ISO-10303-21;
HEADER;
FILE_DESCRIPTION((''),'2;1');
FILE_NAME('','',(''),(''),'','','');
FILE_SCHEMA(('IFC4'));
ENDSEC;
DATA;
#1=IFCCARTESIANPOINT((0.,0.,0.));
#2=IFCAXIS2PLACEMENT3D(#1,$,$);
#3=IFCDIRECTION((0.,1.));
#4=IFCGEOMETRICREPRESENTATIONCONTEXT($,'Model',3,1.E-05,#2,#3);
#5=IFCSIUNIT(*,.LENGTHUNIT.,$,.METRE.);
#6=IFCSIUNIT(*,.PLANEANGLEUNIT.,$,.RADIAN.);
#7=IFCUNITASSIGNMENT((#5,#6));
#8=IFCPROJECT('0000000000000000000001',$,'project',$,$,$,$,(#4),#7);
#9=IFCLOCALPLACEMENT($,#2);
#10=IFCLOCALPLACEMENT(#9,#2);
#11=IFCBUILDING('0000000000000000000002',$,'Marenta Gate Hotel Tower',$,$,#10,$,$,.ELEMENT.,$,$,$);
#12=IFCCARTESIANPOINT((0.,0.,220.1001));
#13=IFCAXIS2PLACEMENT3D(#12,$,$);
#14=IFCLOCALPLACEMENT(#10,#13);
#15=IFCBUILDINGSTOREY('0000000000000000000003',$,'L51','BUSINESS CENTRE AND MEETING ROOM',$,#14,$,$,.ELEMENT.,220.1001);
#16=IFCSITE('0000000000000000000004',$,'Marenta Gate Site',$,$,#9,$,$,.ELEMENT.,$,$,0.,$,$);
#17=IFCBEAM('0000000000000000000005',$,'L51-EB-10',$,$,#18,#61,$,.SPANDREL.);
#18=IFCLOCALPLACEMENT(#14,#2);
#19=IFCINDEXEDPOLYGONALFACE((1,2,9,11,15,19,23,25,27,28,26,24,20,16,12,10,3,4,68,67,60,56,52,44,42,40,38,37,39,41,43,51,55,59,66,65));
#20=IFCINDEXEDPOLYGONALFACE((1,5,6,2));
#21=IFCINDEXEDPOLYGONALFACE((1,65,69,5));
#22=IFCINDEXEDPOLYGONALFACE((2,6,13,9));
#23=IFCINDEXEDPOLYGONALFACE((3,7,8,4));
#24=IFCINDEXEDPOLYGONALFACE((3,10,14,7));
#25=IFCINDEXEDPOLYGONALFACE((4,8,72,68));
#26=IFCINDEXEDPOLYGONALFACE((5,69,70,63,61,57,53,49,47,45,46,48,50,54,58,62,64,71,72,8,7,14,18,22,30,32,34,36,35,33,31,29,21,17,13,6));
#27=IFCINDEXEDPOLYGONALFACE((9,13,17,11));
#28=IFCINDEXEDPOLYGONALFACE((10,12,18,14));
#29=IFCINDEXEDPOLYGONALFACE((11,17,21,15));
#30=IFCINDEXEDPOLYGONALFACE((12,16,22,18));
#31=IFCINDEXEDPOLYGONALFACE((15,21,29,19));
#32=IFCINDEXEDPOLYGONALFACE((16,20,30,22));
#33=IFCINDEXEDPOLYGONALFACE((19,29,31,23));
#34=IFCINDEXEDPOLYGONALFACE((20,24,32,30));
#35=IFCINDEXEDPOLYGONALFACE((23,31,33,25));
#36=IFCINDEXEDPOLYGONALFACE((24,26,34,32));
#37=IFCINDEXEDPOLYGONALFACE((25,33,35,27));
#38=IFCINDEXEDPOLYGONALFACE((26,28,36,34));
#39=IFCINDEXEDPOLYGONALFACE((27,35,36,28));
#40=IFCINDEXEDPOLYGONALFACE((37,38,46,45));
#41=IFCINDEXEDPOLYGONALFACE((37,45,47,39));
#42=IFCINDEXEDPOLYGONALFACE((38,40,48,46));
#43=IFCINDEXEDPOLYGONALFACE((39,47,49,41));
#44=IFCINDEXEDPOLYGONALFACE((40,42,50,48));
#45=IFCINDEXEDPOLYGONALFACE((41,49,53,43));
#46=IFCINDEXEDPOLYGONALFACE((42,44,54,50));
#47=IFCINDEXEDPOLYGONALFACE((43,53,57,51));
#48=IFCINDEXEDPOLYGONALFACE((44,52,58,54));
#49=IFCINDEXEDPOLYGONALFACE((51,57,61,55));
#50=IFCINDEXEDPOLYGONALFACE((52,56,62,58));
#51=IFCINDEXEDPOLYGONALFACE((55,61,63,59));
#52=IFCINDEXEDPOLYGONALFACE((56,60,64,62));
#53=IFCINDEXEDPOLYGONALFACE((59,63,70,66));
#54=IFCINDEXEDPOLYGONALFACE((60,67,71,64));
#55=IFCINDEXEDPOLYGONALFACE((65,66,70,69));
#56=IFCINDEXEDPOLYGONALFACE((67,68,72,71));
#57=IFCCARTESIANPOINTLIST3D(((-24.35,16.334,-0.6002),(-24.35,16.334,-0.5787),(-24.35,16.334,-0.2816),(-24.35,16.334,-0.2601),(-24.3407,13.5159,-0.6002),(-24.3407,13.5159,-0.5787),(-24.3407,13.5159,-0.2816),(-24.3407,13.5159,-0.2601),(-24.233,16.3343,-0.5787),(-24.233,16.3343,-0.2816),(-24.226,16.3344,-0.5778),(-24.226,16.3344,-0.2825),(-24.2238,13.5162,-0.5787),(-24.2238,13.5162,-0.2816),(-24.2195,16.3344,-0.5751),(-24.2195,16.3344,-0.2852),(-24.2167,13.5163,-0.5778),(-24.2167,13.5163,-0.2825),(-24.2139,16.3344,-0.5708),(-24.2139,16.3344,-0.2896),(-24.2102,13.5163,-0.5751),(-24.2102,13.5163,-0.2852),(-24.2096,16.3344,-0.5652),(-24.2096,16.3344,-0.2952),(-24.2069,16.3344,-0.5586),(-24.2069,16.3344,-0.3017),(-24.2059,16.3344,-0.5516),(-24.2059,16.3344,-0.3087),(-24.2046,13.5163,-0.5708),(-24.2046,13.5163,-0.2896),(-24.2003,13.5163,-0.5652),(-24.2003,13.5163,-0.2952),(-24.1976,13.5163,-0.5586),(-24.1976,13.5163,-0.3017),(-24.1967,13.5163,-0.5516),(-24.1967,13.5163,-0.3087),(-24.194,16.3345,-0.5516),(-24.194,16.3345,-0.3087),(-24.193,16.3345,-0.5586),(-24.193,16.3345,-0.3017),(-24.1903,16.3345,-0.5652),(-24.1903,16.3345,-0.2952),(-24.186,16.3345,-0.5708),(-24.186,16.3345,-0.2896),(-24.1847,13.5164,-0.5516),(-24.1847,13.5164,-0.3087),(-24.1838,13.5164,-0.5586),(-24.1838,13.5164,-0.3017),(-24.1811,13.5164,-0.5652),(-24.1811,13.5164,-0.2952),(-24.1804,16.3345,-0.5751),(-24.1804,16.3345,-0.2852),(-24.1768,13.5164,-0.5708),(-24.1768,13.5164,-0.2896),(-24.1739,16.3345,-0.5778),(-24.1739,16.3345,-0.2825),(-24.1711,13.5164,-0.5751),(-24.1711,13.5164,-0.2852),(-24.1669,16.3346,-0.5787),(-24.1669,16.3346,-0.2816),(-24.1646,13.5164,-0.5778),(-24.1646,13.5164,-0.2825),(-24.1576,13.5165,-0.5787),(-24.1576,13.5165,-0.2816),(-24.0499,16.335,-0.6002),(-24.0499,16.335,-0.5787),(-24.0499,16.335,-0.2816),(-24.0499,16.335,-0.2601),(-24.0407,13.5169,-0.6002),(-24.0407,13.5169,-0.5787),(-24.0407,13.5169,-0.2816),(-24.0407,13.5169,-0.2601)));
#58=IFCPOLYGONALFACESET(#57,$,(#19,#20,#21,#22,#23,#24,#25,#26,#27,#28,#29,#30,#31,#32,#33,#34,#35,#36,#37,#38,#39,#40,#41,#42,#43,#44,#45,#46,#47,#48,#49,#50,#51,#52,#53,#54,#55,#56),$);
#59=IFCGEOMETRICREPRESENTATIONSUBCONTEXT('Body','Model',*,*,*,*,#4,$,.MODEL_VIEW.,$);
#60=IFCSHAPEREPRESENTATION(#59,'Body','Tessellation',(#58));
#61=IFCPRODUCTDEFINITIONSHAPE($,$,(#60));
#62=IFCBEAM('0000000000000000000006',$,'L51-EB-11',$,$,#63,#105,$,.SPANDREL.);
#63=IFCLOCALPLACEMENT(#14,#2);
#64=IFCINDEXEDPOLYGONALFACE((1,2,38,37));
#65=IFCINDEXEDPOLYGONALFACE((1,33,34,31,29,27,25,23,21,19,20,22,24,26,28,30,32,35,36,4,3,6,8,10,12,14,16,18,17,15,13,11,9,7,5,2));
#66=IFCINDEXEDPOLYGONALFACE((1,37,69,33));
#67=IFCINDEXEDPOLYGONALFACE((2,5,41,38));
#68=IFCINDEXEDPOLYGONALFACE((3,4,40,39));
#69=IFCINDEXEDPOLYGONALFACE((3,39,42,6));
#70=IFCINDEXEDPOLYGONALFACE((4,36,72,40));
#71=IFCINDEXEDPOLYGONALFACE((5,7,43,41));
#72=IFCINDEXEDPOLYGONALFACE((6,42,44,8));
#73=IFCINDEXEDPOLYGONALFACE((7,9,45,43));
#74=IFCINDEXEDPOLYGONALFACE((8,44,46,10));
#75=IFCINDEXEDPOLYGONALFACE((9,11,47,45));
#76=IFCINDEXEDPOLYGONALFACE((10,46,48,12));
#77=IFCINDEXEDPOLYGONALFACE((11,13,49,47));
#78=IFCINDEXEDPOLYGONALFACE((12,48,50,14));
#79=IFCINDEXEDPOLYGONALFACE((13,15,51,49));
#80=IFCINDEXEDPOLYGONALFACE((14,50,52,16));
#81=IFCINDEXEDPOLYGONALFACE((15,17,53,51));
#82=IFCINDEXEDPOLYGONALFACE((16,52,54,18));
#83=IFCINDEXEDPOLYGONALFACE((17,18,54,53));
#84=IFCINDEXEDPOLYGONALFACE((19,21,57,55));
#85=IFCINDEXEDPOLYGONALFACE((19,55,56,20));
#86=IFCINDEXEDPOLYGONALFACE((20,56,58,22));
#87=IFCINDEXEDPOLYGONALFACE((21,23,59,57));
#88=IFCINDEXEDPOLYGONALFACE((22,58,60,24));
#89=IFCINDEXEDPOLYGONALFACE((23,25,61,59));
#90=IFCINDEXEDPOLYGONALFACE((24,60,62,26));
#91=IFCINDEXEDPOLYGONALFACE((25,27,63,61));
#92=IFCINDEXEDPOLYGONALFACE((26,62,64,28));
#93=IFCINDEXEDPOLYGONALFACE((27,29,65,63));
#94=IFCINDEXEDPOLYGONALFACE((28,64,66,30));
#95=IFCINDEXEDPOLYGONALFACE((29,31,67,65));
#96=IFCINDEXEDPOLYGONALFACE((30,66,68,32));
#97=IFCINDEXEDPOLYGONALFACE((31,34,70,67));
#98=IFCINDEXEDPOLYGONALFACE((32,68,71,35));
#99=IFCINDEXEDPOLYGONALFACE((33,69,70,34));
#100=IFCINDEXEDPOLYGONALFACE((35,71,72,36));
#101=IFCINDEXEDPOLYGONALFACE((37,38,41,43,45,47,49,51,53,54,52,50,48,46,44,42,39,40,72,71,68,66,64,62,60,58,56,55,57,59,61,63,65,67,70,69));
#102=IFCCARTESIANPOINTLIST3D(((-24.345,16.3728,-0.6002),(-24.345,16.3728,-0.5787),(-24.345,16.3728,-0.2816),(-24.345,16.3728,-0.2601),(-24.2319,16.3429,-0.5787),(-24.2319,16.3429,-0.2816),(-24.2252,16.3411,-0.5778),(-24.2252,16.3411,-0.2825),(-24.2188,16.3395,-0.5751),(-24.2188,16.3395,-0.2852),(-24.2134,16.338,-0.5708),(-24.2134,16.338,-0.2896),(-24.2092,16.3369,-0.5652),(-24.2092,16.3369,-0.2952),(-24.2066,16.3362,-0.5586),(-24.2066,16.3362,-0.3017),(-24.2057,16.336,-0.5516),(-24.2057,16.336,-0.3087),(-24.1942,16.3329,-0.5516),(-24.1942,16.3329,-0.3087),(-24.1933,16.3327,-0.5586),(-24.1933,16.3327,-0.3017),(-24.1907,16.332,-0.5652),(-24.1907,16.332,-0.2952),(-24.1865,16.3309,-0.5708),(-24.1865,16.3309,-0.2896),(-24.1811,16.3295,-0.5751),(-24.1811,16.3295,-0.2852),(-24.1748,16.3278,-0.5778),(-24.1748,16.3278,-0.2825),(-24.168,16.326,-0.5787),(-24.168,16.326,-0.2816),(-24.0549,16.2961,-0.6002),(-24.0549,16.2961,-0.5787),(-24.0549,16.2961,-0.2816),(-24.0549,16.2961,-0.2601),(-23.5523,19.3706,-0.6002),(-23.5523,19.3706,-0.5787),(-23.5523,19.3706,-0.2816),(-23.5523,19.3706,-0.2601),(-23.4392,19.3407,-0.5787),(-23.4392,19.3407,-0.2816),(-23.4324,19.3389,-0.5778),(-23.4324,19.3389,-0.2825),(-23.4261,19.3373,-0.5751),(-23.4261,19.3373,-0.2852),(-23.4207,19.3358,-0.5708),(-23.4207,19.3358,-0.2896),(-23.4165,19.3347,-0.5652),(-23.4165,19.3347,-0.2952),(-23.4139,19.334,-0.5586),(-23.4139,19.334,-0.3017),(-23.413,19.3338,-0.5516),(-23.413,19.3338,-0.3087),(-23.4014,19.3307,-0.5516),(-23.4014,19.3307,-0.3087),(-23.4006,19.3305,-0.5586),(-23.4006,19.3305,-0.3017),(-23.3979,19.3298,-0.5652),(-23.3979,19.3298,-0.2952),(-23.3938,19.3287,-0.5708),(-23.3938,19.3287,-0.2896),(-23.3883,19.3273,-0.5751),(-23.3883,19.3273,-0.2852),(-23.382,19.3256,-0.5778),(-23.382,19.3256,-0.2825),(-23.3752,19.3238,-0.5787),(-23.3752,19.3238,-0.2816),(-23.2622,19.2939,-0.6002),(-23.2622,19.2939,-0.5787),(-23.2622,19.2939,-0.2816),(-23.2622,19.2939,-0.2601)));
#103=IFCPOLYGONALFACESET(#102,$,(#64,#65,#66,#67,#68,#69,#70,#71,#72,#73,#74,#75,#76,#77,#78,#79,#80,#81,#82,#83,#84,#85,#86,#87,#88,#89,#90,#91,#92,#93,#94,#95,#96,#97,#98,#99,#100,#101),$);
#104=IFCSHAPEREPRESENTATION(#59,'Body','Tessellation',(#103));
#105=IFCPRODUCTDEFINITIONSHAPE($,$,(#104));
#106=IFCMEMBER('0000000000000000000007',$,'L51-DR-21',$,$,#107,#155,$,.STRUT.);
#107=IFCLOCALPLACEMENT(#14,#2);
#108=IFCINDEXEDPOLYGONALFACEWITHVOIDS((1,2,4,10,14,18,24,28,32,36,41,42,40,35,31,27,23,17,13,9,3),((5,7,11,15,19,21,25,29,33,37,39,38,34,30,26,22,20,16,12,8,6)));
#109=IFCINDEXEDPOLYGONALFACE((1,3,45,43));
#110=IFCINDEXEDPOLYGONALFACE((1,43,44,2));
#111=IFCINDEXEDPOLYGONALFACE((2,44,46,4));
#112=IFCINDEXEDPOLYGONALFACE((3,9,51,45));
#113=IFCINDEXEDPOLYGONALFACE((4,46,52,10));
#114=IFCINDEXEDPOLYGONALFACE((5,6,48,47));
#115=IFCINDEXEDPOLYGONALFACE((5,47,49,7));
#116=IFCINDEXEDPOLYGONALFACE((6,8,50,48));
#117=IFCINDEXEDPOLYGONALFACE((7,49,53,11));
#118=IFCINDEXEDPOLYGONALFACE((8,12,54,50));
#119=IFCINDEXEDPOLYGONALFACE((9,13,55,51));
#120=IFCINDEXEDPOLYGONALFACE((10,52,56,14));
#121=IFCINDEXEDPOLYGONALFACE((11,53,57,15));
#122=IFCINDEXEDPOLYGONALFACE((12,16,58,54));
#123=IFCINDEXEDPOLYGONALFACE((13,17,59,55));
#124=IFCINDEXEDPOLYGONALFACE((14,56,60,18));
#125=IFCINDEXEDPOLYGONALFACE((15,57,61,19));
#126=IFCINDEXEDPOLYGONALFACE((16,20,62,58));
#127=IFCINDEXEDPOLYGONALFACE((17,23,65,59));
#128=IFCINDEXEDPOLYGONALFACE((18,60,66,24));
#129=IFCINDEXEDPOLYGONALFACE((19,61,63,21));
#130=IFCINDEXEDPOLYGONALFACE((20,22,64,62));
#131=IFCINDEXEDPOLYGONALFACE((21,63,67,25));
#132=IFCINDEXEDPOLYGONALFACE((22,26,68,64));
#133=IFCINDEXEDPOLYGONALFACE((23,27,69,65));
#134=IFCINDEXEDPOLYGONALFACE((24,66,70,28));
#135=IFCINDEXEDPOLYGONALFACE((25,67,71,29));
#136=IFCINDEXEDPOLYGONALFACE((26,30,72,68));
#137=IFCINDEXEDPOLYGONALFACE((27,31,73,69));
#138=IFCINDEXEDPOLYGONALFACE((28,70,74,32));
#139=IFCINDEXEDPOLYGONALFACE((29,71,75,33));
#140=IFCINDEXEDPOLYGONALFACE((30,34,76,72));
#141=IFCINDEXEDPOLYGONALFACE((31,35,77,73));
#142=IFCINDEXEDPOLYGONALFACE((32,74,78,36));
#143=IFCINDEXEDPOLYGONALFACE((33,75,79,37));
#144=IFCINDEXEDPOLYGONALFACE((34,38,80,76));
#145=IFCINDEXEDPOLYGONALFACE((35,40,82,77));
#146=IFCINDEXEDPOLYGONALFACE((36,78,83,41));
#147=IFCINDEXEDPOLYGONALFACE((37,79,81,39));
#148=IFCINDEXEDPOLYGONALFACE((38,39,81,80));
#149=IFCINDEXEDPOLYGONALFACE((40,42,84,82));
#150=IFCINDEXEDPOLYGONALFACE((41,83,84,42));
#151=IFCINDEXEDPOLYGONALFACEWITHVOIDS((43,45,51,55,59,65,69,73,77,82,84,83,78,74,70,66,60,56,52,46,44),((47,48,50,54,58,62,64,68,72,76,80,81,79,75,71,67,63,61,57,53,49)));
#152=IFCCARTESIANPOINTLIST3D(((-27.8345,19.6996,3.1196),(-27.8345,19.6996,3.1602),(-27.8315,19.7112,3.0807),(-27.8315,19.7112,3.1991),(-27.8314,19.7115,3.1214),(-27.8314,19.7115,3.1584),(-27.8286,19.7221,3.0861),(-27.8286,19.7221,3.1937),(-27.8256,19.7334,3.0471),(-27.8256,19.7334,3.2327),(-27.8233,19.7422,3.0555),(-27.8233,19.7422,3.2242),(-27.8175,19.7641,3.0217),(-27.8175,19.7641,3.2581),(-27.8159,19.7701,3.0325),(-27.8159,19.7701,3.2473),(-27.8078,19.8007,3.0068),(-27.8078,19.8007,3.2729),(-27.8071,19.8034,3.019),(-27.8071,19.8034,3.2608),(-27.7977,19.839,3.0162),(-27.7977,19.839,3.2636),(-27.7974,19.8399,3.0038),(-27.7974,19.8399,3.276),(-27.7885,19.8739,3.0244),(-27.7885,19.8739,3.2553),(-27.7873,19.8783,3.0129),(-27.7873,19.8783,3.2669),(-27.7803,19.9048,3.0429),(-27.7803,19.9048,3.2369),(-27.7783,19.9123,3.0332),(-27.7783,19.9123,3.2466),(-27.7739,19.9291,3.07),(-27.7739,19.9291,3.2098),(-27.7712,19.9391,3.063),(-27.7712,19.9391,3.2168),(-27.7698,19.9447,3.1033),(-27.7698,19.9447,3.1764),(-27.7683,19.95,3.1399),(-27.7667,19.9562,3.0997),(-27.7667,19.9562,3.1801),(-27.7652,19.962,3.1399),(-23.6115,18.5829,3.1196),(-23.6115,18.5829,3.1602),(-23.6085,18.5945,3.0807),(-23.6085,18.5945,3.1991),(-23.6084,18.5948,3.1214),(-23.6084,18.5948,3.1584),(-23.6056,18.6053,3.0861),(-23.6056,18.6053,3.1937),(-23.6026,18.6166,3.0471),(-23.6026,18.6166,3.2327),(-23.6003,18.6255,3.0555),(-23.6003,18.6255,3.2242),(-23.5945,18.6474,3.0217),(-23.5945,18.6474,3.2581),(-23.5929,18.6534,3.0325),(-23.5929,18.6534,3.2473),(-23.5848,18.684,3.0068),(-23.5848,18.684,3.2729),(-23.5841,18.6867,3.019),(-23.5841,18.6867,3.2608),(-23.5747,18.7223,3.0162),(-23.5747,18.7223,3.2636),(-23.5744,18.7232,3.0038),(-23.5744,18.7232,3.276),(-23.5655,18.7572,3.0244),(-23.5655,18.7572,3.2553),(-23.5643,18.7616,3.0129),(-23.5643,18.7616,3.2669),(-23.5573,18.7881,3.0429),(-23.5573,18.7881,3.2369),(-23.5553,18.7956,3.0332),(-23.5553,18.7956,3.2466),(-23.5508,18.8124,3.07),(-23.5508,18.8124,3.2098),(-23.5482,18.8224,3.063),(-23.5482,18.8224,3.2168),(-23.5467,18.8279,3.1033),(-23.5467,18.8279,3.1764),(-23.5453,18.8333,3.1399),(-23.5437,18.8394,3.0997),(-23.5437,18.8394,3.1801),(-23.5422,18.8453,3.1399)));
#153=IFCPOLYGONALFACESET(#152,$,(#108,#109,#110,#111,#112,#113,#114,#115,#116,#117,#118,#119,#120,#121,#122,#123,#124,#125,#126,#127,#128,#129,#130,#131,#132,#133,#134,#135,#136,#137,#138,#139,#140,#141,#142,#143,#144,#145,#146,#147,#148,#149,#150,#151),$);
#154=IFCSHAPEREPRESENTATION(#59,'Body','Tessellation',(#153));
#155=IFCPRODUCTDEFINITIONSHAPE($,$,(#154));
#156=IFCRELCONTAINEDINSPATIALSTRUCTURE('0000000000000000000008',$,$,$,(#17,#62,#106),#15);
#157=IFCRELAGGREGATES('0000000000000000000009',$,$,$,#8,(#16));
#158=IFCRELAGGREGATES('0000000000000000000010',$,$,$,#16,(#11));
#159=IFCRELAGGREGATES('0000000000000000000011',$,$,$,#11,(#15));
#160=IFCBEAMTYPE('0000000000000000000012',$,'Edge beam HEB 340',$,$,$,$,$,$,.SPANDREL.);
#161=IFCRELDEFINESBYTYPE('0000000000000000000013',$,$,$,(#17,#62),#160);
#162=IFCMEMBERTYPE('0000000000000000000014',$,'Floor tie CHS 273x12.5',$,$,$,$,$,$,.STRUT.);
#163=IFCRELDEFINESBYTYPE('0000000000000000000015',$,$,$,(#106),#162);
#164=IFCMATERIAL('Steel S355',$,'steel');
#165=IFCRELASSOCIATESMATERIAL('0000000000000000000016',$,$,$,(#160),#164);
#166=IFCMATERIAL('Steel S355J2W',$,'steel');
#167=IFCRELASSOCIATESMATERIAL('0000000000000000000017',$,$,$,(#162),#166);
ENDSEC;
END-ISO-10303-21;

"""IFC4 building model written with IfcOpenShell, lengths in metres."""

from ifc_helpers import new_model, si_unit, direction, frame, origin, origin_2d, place, context, subcontext, project, spatial, hollow_circle, i_section, extrude, material, material_profile, profile_set, type_object, element, save


model = new_model("IFC4")

# Units and contexts
model_context = context("Model", 3, precision=1e-05, world=origin(), true_north=direction((0.0, 1.0)))
body_context = subcontext(model_context, "Body", "Model", "MODEL_VIEW")
ifc_project = project(units=[si_unit("LENGTHUNIT", "METRE"), si_unit("PLANEANGLEUNIT", "RADIAN")], contexts=[model_context])

# Site, building, storey
site_placement = place(None, origin())
site = spatial("IfcSite", under=ifc_project, at=site_placement, Name="Marenta Gate Site", CompositionType="ELEMENT", RefElevation=0.0)
building_placement = place(site_placement, origin())
building = spatial("IfcBuilding", under=site, at=building_placement, Name="Marenta Gate Hotel Tower", CompositionType="ELEMENT")
storey_placement = place(building_placement, frame((0.0, 0.0, 220.1001)))
storey = spatial("IfcBuildingStorey", under=building, at=storey_placement, Name="L51", Description="BUSINESS CENTRE AND MEETING ROOM", CompositionType="ELEMENT", Elevation=220.1001)

# Beams
ifc_material_1 = material(Name="Steel S355", Category="steel")
ifc_material_profile_1 = material_profile(ifc_material_1, i_section(OverallWidth=0.3, OverallDepth=0.3401, WebThickness=0.012, FlangeThickness=0.0215, FilletRadius=0.0271, at=origin_2d()), Name="HEB 340")
ifc_profile_set_1 = profile_set([ifc_material_profile_1], Name="Steel S355")
beam_type_1 = type_object("IfcBeamType", Name="Edge beam HEB 340", PredefinedType="SPANDREL", material=ifc_profile_set_1)
beam_1_placement = place(storey_placement, frame((-24.1907, 13.5164, -0.4302), z_axis=(-0.003292, 0.999995, 0.0), x_axis=(-0.999995, -0.003292, 0.0)))
element("IfcBeam", 1, at=beam_1_placement, inside=storey, type_object=beam_type_1, Name="L51-EB-10", PredefinedType="SPANDREL", context=body_context, shape_type="SweptSolid", body=[
    extrude(i_section(OverallWidth=0.3, OverallDepth=0.3401, WebThickness=0.012, FlangeThickness=0.0215, FilletRadius=0.0271, at=origin_2d()), origin(), (0.0, 0.0, 1.0), 2.8181),
])
beam_2_placement = place(storey_placement, frame((-24.2, 16.3345, -0.4302), z_axis=(0.255648, 0.96677, 0.0), x_axis=(-0.96677, 0.255648, 0.0)))
element("IfcBeam", 2, at=beam_2_placement, inside=storey, type_object=beam_type_1, Name="L51-EB-11", PredefinedType="SPANDREL", context=body_context, shape_type="SweptSolid", body=[
    extrude(i_section(OverallWidth=0.3, OverallDepth=0.3401, WebThickness=0.012, FlangeThickness=0.0215, FilletRadius=0.0271, at=origin_2d()), origin(), (0.0, 0.0, 1.0), 3.1008),
])

# Member
ifc_material_2 = material(Name="Steel S355J2W", Category="steel")
ifc_material_profile_2 = material_profile(ifc_material_2, hollow_circle(Radius=0.1365, WallThickness=0.0125, at=origin_2d()), Name="CHS 273x12.5")
ifc_profile_set_2 = profile_set([ifc_material_profile_2], Name="Steel S355J2W")
member_type_1 = type_object("IfcMemberType", Name="Floor tie CHS 273x12.5", PredefinedType="STRUT", material=ifc_profile_set_2)
member_1_placement = place(storey_placement, frame((-27.8, 19.8301, 3.1399), z_axis=(0.966769, -0.255651, 0.0), x_axis=(0.255651, 0.966769, 0.0)))
element("IfcMember", 3, at=member_1_placement, inside=storey, type_object=member_type_1, Name="L51-DR-21", PredefinedType="STRUT", context=body_context, shape_type="SweptSolid", body=[
    extrude(hollow_circle(Radius=0.1365, WallThickness=0.0125, at=origin_2d()), origin(), (0.0, 0.0, 1.0), 4.3682),
])

save(model, "model.ifc")
